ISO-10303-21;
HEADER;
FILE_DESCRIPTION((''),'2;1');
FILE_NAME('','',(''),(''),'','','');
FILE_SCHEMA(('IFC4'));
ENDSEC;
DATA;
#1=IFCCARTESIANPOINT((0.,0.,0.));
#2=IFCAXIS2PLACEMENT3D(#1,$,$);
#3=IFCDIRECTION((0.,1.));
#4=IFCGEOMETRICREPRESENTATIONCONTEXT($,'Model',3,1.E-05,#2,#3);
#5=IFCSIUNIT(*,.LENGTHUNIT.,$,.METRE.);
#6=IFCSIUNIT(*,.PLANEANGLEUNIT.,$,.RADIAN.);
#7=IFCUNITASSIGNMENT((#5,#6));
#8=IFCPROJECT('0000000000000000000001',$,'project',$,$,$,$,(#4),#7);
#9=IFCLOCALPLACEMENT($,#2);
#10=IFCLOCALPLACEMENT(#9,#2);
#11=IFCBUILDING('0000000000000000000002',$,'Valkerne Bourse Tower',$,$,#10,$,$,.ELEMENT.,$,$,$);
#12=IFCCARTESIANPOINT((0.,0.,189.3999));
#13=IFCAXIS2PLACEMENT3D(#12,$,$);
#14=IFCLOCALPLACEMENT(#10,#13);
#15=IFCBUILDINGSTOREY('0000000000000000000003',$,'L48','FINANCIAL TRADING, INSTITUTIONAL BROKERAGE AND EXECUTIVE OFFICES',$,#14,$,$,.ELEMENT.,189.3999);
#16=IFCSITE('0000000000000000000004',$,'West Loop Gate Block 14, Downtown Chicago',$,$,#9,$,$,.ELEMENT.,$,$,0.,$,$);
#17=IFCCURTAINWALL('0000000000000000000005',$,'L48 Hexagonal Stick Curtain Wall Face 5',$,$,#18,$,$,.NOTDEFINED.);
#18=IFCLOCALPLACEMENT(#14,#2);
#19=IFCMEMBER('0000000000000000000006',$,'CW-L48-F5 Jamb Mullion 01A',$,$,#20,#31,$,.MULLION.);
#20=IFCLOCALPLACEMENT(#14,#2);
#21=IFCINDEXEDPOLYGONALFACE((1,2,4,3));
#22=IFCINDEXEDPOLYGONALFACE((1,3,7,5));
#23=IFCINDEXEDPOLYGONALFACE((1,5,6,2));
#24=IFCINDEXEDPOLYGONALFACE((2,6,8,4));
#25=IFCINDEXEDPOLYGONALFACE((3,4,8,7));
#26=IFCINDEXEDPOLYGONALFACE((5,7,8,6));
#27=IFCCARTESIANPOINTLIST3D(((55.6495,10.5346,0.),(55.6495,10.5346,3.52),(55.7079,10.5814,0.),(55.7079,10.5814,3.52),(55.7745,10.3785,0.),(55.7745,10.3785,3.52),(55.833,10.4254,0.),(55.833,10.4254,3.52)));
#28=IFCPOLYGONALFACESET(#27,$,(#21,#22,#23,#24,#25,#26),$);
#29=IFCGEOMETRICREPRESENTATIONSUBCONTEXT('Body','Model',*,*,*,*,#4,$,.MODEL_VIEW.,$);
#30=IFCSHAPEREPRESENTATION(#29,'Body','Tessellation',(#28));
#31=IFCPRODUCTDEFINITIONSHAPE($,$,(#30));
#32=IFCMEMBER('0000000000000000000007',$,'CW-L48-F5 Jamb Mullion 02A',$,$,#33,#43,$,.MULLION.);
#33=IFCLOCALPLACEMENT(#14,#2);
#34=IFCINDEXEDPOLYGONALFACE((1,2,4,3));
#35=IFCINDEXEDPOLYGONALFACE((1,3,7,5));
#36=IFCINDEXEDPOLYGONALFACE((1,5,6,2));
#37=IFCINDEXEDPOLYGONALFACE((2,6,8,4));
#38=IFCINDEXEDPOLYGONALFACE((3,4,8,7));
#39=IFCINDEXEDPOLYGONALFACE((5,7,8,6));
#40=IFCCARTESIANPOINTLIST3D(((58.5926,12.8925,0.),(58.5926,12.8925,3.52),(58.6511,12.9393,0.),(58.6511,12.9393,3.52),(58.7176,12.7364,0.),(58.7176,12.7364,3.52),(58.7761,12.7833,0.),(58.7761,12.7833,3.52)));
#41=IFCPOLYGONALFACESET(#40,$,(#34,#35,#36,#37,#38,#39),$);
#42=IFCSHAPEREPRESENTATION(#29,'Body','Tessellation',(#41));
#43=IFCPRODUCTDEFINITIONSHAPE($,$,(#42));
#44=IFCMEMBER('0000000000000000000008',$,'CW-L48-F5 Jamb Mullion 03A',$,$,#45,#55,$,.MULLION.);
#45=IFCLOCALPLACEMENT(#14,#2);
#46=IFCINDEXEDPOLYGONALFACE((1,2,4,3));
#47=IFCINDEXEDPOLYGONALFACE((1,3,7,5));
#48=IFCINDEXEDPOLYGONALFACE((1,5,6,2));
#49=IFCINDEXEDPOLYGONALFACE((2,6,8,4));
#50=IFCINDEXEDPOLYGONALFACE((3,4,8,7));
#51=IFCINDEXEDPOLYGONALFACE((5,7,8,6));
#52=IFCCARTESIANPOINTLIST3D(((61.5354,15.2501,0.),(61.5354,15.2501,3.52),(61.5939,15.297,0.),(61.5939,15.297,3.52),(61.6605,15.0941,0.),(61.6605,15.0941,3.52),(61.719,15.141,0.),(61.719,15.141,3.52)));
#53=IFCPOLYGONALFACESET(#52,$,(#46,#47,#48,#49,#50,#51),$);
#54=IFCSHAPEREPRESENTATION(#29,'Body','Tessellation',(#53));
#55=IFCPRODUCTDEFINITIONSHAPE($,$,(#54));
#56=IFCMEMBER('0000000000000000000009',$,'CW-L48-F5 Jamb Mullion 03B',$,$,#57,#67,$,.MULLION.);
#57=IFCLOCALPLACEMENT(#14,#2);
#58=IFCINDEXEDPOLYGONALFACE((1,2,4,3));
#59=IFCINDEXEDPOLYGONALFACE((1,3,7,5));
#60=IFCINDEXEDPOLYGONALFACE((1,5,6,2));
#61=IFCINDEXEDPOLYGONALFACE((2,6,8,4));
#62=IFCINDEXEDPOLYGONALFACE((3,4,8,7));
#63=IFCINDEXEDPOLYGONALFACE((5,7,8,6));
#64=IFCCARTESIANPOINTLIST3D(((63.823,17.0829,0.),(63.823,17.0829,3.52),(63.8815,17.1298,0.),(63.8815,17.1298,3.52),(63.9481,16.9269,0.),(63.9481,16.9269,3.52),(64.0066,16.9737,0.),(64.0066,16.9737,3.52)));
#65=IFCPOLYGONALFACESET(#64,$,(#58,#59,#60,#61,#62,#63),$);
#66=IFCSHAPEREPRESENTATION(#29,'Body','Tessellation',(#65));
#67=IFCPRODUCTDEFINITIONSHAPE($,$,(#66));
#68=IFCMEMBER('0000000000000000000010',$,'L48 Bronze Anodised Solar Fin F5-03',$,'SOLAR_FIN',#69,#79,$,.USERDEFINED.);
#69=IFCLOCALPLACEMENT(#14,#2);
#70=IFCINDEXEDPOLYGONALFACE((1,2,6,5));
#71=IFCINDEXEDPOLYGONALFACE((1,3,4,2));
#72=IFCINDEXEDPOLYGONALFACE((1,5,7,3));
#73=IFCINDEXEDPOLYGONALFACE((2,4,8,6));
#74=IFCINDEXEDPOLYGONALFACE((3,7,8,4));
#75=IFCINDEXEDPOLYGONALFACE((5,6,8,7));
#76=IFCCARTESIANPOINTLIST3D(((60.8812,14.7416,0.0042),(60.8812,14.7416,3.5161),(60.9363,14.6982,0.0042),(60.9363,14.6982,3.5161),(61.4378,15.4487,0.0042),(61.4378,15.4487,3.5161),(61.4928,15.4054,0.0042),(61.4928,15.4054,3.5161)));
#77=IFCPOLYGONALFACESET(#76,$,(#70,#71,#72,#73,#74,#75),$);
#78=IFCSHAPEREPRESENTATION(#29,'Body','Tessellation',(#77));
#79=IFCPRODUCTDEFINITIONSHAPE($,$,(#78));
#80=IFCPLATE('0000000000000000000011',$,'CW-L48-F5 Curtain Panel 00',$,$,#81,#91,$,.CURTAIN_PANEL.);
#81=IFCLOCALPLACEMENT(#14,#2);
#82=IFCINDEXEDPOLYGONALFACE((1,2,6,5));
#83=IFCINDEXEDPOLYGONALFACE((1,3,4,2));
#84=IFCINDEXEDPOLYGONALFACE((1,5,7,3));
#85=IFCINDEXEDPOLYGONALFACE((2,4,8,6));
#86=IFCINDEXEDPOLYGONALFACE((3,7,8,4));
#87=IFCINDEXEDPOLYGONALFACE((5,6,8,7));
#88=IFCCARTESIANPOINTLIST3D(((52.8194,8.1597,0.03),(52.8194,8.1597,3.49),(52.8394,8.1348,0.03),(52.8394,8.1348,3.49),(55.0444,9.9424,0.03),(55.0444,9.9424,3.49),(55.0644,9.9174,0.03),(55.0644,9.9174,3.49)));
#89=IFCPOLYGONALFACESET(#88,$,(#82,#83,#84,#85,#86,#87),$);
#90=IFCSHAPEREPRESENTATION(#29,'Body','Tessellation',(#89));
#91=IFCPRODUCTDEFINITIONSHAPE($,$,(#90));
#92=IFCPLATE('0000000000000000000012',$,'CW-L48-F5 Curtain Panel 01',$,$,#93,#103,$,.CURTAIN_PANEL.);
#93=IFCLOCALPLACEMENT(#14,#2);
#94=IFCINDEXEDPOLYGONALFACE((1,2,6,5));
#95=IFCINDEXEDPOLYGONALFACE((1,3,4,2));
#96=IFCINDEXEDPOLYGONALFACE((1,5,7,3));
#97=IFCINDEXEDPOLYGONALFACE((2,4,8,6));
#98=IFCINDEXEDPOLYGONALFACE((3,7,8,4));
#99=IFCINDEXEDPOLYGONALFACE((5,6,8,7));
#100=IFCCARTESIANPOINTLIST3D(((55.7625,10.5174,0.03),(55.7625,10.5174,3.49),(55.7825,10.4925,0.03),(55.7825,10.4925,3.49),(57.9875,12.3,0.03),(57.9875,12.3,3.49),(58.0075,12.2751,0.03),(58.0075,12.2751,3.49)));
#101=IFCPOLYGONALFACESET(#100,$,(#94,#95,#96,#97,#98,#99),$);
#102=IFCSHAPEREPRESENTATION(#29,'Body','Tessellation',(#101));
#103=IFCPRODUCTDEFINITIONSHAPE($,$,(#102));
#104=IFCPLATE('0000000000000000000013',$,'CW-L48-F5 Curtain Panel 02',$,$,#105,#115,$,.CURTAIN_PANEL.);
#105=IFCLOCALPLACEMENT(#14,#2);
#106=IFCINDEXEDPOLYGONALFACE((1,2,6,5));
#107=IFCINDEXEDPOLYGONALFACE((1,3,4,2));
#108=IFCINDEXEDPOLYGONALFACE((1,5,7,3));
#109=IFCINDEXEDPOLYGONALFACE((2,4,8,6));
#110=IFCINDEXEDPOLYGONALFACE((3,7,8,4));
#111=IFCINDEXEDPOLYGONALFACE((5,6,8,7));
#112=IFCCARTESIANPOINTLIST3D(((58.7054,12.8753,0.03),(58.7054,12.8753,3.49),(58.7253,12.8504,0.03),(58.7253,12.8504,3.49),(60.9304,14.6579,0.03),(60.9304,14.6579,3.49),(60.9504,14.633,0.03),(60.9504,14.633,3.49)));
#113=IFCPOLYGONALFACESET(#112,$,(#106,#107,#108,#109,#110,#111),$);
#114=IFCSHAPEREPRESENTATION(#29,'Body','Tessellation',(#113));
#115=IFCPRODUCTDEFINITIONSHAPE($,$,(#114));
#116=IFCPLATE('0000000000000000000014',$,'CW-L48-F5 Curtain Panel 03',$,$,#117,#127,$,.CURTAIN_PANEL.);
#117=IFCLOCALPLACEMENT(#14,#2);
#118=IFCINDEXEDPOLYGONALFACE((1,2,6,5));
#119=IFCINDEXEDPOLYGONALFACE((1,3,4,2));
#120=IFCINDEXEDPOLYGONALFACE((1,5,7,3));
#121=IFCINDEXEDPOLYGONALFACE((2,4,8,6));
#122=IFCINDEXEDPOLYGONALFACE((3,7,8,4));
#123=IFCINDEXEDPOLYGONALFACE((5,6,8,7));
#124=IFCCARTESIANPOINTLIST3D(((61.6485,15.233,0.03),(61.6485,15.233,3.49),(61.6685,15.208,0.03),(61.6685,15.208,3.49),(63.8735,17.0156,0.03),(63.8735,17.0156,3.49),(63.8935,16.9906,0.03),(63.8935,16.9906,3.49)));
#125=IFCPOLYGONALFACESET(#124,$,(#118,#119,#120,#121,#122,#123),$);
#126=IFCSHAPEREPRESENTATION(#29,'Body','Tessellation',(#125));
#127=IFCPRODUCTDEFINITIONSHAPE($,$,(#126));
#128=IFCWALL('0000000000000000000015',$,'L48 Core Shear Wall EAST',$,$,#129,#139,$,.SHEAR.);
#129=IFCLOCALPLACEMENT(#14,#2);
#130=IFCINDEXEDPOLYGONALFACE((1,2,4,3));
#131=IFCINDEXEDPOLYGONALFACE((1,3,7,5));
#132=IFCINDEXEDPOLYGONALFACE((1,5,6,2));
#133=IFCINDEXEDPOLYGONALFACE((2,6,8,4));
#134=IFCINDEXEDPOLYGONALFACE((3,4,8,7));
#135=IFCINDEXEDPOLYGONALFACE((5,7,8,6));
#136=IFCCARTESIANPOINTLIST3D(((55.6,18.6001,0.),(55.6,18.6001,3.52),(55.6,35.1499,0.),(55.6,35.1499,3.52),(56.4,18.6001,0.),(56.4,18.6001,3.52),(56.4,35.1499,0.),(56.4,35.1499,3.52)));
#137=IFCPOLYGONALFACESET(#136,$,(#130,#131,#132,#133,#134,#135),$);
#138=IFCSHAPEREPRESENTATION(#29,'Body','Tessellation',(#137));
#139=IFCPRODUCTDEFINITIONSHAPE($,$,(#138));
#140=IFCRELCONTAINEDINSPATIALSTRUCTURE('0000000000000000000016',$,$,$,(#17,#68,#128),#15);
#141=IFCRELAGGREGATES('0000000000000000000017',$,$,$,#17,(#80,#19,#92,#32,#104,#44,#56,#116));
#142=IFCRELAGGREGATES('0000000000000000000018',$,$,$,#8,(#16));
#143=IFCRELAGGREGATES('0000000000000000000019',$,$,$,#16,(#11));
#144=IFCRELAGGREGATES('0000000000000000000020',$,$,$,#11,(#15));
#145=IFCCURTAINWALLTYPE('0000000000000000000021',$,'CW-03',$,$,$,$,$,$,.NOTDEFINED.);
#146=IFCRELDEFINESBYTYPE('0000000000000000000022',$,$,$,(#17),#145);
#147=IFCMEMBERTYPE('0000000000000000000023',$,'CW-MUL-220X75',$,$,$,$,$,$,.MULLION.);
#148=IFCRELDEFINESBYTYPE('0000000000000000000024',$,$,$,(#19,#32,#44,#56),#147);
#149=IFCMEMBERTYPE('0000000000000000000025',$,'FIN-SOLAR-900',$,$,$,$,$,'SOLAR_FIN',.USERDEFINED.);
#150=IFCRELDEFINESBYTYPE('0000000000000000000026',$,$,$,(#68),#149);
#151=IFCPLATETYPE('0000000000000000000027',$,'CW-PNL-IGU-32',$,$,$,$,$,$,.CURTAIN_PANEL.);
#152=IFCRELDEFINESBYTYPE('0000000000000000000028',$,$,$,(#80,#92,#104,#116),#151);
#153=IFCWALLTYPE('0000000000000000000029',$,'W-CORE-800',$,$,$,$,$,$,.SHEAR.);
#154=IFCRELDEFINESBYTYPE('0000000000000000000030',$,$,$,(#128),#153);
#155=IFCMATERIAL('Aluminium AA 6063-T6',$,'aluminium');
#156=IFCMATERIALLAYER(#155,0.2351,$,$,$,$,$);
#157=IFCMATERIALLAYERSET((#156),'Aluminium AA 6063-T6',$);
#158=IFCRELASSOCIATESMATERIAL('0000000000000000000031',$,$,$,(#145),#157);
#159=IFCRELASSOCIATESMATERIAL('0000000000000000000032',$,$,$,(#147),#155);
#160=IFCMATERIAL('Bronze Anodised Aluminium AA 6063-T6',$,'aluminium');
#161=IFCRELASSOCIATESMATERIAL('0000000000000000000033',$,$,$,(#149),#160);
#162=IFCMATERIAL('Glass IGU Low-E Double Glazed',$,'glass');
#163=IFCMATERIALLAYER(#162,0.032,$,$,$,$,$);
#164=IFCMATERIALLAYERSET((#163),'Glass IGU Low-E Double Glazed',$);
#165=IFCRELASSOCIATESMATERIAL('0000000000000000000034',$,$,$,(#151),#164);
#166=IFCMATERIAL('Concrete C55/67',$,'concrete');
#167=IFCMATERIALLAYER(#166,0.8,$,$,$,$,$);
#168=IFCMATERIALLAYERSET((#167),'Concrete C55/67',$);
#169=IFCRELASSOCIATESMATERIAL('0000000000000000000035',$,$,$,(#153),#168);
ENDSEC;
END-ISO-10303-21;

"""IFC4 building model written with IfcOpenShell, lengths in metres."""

from ifc_helpers import new_model, si_unit, direction, frame, frame_2d, origin, origin_2d, place, context, subcontext, project, spatial, rectangle, extrude, material, layer, layer_set, material_profile, profile_set, type_object, element, aggregate, save


model = new_model("IFC4")

# Units and contexts
model_context = context("Model", 3, precision=1e-05, world=origin(), true_north=direction((0.0, 1.0)))
body_context = subcontext(model_context, "Body", "Model", "MODEL_VIEW")
ifc_project = project(units=[si_unit("LENGTHUNIT", "METRE"), si_unit("PLANEANGLEUNIT", "RADIAN")], contexts=[model_context])

# Site, building, storey
site_placement = place(None, origin())
site = spatial("IfcSite", under=ifc_project, at=site_placement, Name="West Loop Gate Block 14, Downtown Chicago", CompositionType="ELEMENT", RefElevation=0.0)
building_placement = place(site_placement, origin())
building = spatial("IfcBuilding", under=site, at=building_placement, Name="Valkerne Bourse Tower", CompositionType="ELEMENT")
storey_placement = place(building_placement, frame((0.0, 0.0, 189.3999)))
storey = spatial("IfcBuildingStorey", under=building, at=storey_placement, Name="L48", Description="FINANCIAL TRADING, INSTITUTIONAL BROKERAGE AND EXECUTIVE OFFICES", CompositionType="ELEMENT", Elevation=189.3999)

# Curtain wall, members
ifc_material_1 = material(Name="Aluminium AA 6063-T6", Category="aluminium")
ifc_layer_1 = layer(ifc_material_1, 0.2351)
ifc_layer_set_1 = layer_set([ifc_layer_1], Name="Aluminium AA 6063-T6")
curtain_wall_type = type_object("IfcCurtainWallType", Name="CW-03", PredefinedType="NOTDEFINED", material=ifc_layer_set_1)
curtain_wall_placement = place(storey_placement, origin())
curtain_wall = element("IfcCurtainWall", 1, at=curtain_wall_placement, inside=storey, type_object=curtain_wall_type, Name="L48 Hexagonal Stick Curtain Wall Face 5", PredefinedType="NOTDEFINED")
ifc_material_profile_1 = material_profile(ifc_material_1, rectangle(XDim=0.075, YDim=0.2, at=origin_2d()), Name="CWM-75X200")
ifc_profile_set_1 = profile_set([ifc_material_profile_1], Name="Aluminium AA 6063-T6")
member_type_1 = type_object("IfcMemberType", Name="CW-MUL-220X75", PredefinedType="MULLION", material=ifc_profile_set_1)
member_1_placement = place(storey_placement, frame((55.7412, 10.48, 0.0), z_axis=(0.0, 0.0, 1.0), x_axis=(0.780429, 0.625245, 0.0)))
member_1 = element("IfcMember", 2, at=member_1_placement, type_object=member_type_1, Name="CW-L48-F5 Jamb Mullion 01A", PredefinedType="MULLION", context=body_context, shape_type="SweptSolid", body=[
    extrude(rectangle(XDim=0.075, YDim=0.2, at=origin_2d()), origin(), (0.0, 0.0, 1.0), 3.52),
])
member_2_placement = place(storey_placement, frame((58.6843, 12.8379, 0.0), z_axis=(0.0, 0.0, 1.0), x_axis=(0.780429, 0.625245, 0.0)))
member_2 = element("IfcMember", 3, at=member_2_placement, type_object=member_type_1, Name="CW-L48-F5 Jamb Mullion 02A", PredefinedType="MULLION", context=body_context, shape_type="SweptSolid", body=[
    extrude(rectangle(XDim=0.075, YDim=0.2, at=origin_2d()), origin(), (0.0, 0.0, 1.0), 3.52),
])
member_3_placement = place(storey_placement, frame((61.6272, 15.1956, 0.0), z_axis=(0.0, 0.0, 1.0), x_axis=(0.780429, 0.625245, 0.0)))
member_3 = element("IfcMember", 4, at=member_3_placement, type_object=member_type_1, Name="CW-L48-F5 Jamb Mullion 03A", PredefinedType="MULLION", context=body_context, shape_type="SweptSolid", body=[
    extrude(rectangle(XDim=0.075, YDim=0.2, at=origin_2d()), origin(), (0.0, 0.0, 1.0), 3.52),
])
member_4_placement = place(storey_placement, frame((63.9148, 17.0283, 0.0), z_axis=(0.0, 0.0, 1.0), x_axis=(0.780429, 0.625245, 0.0)))
member_4 = element("IfcMember", 5, at=member_4_placement, type_object=member_type_1, Name="CW-L48-F5 Jamb Mullion 03B", PredefinedType="MULLION", context=body_context, shape_type="SweptSolid", body=[
    extrude(rectangle(XDim=0.075, YDim=0.2, at=origin_2d()), origin(), (0.0, 0.0, 1.0), 3.52),
])

# Member
ifc_material_2 = material(Name="Bronze Anodised Aluminium AA 6063-T6", Category="aluminium")
ifc_material_profile_2 = material_profile(ifc_material_2, rectangle(XDim=0.0701, YDim=0.8999, at=origin_2d()), Name="FIN-70X900")
ifc_profile_set_2 = profile_set([ifc_material_profile_2], Name="Bronze Anodised Aluminium AA 6063-T6")
member_type_2 = type_object("IfcMemberType", Name="FIN-SOLAR-900", ElementType="SOLAR_FIN", PredefinedType="USERDEFINED", material=ifc_profile_set_2)
member_5_placement = place(storey_placement, frame((61.187, 15.0735, 0.0042), z_axis=(0.0, 0.0, 1.0), x_axis=(0.785818, -0.618458, 0.0)))
element("IfcMember", 6, at=member_5_placement, inside=storey, type_object=member_type_2, Name="L48 Bronze Anodised Solar Fin F5-03", ObjectType="SOLAR_FIN", PredefinedType="USERDEFINED", context=body_context, shape_type="SweptSolid", body=[
    extrude(rectangle(XDim=0.0701, YDim=0.8999, at=origin_2d()), origin(), (0.0, 0.0, 1.0), 3.512),
])

# Plates
ifc_material_3 = material(Name="Glass IGU Low-E Double Glazed", Category="glass")
ifc_layer_2 = layer(ifc_material_3, 0.032)
ifc_layer_set_2 = layer_set([ifc_layer_2], Name="Glass IGU Low-E Double Glazed")
plate_type = type_object("IfcPlateType", Name="CW-PNL-IGU-32", PredefinedType="CURTAIN_PANEL", material=ifc_layer_set_2)
plate_1_placement = place(storey_placement, frame((53.9419, 9.0386, 0.03), z_axis=(0.0, 0.0, 1.0), x_axis=(0.780429, 0.625245, 0.0)))
plate_1 = element("IfcPlate", 7, at=plate_1_placement, type_object=plate_type, Name="CW-L48-F5 Curtain Panel 00", PredefinedType="CURTAIN_PANEL", context=body_context, shape_type="SweptSolid", body=[
    extrude(rectangle(XDim=2.8511, YDim=0.032, at=origin_2d()), origin(), (0.0, 0.0, 1.0), 3.46),
])
plate_2_placement = place(storey_placement, frame((56.885, 11.3962, 0.03), z_axis=(0.0, 0.0, 1.0), x_axis=(0.780429, 0.625245, 0.0)))
plate_2 = element("IfcPlate", 8, at=plate_2_placement, type_object=plate_type, Name="CW-L48-F5 Curtain Panel 01", PredefinedType="CURTAIN_PANEL", context=body_context, shape_type="SweptSolid", body=[
    extrude(rectangle(XDim=2.8511, YDim=0.032, at=origin_2d()), origin(), (0.0, 0.0, 1.0), 3.46),
])
plate_3_placement = place(storey_placement, frame((59.8279, 13.7542, 0.03), z_axis=(0.0, 0.0, 1.0), x_axis=(0.780429, 0.625245, 0.0)))
plate_3 = element("IfcPlate", 9, at=plate_3_placement, type_object=plate_type, Name="CW-L48-F5 Curtain Panel 02", PredefinedType="CURTAIN_PANEL", context=body_context, shape_type="SweptSolid", body=[
    extrude(rectangle(XDim=2.8511, YDim=0.032, at=origin_2d()), origin(), (0.0, 0.0, 1.0), 3.46),
])
plate_4_placement = place(storey_placement, frame((62.771, 16.1118, 0.03), z_axis=(0.0, 0.0, 1.0), x_axis=(0.780429, 0.625245, 0.0)))
plate_4 = element("IfcPlate", 10, at=plate_4_placement, type_object=plate_type, Name="CW-L48-F5 Curtain Panel 03", PredefinedType="CURTAIN_PANEL", context=body_context, shape_type="SweptSolid", body=[
    extrude(rectangle(XDim=2.8511, YDim=0.032, at=origin_2d()), origin(), (0.0, 0.0, 1.0), 3.46),
])
aggregate(curtain_wall, [plate_1, member_1, plate_2, member_2, plate_3, member_3, member_4, plate_4])

# Wall
ifc_material_4 = material(Name="Concrete C55/67", Category="concrete")
ifc_layer_3 = layer(ifc_material_4, 0.8)
ifc_layer_set_3 = layer_set([ifc_layer_3], Name="Concrete C55/67")
wall_type_1 = type_object("IfcWallType", Name="W-CORE-800", PredefinedType="SHEAR", material=ifc_layer_set_3)
wall_1_placement = place(storey_placement, frame((56.0, 18.6001, 0.0), z_axis=(0.0, 0.0, 1.0), x_axis=(0.0, 1.0, 0.0)))
element("IfcWall", 11, at=wall_1_placement, inside=storey, type_object=wall_type_1, Name="L48 Core Shear Wall EAST", PredefinedType="SHEAR", context=body_context, shape_type="SweptSolid", body=[
    extrude(rectangle(XDim=16.5498, YDim=0.8, at=frame_2d((8.2749, 0.0))), origin(), (0.0, 0.0, 1.0), 3.52),
])

save(model, "model.ifc")
